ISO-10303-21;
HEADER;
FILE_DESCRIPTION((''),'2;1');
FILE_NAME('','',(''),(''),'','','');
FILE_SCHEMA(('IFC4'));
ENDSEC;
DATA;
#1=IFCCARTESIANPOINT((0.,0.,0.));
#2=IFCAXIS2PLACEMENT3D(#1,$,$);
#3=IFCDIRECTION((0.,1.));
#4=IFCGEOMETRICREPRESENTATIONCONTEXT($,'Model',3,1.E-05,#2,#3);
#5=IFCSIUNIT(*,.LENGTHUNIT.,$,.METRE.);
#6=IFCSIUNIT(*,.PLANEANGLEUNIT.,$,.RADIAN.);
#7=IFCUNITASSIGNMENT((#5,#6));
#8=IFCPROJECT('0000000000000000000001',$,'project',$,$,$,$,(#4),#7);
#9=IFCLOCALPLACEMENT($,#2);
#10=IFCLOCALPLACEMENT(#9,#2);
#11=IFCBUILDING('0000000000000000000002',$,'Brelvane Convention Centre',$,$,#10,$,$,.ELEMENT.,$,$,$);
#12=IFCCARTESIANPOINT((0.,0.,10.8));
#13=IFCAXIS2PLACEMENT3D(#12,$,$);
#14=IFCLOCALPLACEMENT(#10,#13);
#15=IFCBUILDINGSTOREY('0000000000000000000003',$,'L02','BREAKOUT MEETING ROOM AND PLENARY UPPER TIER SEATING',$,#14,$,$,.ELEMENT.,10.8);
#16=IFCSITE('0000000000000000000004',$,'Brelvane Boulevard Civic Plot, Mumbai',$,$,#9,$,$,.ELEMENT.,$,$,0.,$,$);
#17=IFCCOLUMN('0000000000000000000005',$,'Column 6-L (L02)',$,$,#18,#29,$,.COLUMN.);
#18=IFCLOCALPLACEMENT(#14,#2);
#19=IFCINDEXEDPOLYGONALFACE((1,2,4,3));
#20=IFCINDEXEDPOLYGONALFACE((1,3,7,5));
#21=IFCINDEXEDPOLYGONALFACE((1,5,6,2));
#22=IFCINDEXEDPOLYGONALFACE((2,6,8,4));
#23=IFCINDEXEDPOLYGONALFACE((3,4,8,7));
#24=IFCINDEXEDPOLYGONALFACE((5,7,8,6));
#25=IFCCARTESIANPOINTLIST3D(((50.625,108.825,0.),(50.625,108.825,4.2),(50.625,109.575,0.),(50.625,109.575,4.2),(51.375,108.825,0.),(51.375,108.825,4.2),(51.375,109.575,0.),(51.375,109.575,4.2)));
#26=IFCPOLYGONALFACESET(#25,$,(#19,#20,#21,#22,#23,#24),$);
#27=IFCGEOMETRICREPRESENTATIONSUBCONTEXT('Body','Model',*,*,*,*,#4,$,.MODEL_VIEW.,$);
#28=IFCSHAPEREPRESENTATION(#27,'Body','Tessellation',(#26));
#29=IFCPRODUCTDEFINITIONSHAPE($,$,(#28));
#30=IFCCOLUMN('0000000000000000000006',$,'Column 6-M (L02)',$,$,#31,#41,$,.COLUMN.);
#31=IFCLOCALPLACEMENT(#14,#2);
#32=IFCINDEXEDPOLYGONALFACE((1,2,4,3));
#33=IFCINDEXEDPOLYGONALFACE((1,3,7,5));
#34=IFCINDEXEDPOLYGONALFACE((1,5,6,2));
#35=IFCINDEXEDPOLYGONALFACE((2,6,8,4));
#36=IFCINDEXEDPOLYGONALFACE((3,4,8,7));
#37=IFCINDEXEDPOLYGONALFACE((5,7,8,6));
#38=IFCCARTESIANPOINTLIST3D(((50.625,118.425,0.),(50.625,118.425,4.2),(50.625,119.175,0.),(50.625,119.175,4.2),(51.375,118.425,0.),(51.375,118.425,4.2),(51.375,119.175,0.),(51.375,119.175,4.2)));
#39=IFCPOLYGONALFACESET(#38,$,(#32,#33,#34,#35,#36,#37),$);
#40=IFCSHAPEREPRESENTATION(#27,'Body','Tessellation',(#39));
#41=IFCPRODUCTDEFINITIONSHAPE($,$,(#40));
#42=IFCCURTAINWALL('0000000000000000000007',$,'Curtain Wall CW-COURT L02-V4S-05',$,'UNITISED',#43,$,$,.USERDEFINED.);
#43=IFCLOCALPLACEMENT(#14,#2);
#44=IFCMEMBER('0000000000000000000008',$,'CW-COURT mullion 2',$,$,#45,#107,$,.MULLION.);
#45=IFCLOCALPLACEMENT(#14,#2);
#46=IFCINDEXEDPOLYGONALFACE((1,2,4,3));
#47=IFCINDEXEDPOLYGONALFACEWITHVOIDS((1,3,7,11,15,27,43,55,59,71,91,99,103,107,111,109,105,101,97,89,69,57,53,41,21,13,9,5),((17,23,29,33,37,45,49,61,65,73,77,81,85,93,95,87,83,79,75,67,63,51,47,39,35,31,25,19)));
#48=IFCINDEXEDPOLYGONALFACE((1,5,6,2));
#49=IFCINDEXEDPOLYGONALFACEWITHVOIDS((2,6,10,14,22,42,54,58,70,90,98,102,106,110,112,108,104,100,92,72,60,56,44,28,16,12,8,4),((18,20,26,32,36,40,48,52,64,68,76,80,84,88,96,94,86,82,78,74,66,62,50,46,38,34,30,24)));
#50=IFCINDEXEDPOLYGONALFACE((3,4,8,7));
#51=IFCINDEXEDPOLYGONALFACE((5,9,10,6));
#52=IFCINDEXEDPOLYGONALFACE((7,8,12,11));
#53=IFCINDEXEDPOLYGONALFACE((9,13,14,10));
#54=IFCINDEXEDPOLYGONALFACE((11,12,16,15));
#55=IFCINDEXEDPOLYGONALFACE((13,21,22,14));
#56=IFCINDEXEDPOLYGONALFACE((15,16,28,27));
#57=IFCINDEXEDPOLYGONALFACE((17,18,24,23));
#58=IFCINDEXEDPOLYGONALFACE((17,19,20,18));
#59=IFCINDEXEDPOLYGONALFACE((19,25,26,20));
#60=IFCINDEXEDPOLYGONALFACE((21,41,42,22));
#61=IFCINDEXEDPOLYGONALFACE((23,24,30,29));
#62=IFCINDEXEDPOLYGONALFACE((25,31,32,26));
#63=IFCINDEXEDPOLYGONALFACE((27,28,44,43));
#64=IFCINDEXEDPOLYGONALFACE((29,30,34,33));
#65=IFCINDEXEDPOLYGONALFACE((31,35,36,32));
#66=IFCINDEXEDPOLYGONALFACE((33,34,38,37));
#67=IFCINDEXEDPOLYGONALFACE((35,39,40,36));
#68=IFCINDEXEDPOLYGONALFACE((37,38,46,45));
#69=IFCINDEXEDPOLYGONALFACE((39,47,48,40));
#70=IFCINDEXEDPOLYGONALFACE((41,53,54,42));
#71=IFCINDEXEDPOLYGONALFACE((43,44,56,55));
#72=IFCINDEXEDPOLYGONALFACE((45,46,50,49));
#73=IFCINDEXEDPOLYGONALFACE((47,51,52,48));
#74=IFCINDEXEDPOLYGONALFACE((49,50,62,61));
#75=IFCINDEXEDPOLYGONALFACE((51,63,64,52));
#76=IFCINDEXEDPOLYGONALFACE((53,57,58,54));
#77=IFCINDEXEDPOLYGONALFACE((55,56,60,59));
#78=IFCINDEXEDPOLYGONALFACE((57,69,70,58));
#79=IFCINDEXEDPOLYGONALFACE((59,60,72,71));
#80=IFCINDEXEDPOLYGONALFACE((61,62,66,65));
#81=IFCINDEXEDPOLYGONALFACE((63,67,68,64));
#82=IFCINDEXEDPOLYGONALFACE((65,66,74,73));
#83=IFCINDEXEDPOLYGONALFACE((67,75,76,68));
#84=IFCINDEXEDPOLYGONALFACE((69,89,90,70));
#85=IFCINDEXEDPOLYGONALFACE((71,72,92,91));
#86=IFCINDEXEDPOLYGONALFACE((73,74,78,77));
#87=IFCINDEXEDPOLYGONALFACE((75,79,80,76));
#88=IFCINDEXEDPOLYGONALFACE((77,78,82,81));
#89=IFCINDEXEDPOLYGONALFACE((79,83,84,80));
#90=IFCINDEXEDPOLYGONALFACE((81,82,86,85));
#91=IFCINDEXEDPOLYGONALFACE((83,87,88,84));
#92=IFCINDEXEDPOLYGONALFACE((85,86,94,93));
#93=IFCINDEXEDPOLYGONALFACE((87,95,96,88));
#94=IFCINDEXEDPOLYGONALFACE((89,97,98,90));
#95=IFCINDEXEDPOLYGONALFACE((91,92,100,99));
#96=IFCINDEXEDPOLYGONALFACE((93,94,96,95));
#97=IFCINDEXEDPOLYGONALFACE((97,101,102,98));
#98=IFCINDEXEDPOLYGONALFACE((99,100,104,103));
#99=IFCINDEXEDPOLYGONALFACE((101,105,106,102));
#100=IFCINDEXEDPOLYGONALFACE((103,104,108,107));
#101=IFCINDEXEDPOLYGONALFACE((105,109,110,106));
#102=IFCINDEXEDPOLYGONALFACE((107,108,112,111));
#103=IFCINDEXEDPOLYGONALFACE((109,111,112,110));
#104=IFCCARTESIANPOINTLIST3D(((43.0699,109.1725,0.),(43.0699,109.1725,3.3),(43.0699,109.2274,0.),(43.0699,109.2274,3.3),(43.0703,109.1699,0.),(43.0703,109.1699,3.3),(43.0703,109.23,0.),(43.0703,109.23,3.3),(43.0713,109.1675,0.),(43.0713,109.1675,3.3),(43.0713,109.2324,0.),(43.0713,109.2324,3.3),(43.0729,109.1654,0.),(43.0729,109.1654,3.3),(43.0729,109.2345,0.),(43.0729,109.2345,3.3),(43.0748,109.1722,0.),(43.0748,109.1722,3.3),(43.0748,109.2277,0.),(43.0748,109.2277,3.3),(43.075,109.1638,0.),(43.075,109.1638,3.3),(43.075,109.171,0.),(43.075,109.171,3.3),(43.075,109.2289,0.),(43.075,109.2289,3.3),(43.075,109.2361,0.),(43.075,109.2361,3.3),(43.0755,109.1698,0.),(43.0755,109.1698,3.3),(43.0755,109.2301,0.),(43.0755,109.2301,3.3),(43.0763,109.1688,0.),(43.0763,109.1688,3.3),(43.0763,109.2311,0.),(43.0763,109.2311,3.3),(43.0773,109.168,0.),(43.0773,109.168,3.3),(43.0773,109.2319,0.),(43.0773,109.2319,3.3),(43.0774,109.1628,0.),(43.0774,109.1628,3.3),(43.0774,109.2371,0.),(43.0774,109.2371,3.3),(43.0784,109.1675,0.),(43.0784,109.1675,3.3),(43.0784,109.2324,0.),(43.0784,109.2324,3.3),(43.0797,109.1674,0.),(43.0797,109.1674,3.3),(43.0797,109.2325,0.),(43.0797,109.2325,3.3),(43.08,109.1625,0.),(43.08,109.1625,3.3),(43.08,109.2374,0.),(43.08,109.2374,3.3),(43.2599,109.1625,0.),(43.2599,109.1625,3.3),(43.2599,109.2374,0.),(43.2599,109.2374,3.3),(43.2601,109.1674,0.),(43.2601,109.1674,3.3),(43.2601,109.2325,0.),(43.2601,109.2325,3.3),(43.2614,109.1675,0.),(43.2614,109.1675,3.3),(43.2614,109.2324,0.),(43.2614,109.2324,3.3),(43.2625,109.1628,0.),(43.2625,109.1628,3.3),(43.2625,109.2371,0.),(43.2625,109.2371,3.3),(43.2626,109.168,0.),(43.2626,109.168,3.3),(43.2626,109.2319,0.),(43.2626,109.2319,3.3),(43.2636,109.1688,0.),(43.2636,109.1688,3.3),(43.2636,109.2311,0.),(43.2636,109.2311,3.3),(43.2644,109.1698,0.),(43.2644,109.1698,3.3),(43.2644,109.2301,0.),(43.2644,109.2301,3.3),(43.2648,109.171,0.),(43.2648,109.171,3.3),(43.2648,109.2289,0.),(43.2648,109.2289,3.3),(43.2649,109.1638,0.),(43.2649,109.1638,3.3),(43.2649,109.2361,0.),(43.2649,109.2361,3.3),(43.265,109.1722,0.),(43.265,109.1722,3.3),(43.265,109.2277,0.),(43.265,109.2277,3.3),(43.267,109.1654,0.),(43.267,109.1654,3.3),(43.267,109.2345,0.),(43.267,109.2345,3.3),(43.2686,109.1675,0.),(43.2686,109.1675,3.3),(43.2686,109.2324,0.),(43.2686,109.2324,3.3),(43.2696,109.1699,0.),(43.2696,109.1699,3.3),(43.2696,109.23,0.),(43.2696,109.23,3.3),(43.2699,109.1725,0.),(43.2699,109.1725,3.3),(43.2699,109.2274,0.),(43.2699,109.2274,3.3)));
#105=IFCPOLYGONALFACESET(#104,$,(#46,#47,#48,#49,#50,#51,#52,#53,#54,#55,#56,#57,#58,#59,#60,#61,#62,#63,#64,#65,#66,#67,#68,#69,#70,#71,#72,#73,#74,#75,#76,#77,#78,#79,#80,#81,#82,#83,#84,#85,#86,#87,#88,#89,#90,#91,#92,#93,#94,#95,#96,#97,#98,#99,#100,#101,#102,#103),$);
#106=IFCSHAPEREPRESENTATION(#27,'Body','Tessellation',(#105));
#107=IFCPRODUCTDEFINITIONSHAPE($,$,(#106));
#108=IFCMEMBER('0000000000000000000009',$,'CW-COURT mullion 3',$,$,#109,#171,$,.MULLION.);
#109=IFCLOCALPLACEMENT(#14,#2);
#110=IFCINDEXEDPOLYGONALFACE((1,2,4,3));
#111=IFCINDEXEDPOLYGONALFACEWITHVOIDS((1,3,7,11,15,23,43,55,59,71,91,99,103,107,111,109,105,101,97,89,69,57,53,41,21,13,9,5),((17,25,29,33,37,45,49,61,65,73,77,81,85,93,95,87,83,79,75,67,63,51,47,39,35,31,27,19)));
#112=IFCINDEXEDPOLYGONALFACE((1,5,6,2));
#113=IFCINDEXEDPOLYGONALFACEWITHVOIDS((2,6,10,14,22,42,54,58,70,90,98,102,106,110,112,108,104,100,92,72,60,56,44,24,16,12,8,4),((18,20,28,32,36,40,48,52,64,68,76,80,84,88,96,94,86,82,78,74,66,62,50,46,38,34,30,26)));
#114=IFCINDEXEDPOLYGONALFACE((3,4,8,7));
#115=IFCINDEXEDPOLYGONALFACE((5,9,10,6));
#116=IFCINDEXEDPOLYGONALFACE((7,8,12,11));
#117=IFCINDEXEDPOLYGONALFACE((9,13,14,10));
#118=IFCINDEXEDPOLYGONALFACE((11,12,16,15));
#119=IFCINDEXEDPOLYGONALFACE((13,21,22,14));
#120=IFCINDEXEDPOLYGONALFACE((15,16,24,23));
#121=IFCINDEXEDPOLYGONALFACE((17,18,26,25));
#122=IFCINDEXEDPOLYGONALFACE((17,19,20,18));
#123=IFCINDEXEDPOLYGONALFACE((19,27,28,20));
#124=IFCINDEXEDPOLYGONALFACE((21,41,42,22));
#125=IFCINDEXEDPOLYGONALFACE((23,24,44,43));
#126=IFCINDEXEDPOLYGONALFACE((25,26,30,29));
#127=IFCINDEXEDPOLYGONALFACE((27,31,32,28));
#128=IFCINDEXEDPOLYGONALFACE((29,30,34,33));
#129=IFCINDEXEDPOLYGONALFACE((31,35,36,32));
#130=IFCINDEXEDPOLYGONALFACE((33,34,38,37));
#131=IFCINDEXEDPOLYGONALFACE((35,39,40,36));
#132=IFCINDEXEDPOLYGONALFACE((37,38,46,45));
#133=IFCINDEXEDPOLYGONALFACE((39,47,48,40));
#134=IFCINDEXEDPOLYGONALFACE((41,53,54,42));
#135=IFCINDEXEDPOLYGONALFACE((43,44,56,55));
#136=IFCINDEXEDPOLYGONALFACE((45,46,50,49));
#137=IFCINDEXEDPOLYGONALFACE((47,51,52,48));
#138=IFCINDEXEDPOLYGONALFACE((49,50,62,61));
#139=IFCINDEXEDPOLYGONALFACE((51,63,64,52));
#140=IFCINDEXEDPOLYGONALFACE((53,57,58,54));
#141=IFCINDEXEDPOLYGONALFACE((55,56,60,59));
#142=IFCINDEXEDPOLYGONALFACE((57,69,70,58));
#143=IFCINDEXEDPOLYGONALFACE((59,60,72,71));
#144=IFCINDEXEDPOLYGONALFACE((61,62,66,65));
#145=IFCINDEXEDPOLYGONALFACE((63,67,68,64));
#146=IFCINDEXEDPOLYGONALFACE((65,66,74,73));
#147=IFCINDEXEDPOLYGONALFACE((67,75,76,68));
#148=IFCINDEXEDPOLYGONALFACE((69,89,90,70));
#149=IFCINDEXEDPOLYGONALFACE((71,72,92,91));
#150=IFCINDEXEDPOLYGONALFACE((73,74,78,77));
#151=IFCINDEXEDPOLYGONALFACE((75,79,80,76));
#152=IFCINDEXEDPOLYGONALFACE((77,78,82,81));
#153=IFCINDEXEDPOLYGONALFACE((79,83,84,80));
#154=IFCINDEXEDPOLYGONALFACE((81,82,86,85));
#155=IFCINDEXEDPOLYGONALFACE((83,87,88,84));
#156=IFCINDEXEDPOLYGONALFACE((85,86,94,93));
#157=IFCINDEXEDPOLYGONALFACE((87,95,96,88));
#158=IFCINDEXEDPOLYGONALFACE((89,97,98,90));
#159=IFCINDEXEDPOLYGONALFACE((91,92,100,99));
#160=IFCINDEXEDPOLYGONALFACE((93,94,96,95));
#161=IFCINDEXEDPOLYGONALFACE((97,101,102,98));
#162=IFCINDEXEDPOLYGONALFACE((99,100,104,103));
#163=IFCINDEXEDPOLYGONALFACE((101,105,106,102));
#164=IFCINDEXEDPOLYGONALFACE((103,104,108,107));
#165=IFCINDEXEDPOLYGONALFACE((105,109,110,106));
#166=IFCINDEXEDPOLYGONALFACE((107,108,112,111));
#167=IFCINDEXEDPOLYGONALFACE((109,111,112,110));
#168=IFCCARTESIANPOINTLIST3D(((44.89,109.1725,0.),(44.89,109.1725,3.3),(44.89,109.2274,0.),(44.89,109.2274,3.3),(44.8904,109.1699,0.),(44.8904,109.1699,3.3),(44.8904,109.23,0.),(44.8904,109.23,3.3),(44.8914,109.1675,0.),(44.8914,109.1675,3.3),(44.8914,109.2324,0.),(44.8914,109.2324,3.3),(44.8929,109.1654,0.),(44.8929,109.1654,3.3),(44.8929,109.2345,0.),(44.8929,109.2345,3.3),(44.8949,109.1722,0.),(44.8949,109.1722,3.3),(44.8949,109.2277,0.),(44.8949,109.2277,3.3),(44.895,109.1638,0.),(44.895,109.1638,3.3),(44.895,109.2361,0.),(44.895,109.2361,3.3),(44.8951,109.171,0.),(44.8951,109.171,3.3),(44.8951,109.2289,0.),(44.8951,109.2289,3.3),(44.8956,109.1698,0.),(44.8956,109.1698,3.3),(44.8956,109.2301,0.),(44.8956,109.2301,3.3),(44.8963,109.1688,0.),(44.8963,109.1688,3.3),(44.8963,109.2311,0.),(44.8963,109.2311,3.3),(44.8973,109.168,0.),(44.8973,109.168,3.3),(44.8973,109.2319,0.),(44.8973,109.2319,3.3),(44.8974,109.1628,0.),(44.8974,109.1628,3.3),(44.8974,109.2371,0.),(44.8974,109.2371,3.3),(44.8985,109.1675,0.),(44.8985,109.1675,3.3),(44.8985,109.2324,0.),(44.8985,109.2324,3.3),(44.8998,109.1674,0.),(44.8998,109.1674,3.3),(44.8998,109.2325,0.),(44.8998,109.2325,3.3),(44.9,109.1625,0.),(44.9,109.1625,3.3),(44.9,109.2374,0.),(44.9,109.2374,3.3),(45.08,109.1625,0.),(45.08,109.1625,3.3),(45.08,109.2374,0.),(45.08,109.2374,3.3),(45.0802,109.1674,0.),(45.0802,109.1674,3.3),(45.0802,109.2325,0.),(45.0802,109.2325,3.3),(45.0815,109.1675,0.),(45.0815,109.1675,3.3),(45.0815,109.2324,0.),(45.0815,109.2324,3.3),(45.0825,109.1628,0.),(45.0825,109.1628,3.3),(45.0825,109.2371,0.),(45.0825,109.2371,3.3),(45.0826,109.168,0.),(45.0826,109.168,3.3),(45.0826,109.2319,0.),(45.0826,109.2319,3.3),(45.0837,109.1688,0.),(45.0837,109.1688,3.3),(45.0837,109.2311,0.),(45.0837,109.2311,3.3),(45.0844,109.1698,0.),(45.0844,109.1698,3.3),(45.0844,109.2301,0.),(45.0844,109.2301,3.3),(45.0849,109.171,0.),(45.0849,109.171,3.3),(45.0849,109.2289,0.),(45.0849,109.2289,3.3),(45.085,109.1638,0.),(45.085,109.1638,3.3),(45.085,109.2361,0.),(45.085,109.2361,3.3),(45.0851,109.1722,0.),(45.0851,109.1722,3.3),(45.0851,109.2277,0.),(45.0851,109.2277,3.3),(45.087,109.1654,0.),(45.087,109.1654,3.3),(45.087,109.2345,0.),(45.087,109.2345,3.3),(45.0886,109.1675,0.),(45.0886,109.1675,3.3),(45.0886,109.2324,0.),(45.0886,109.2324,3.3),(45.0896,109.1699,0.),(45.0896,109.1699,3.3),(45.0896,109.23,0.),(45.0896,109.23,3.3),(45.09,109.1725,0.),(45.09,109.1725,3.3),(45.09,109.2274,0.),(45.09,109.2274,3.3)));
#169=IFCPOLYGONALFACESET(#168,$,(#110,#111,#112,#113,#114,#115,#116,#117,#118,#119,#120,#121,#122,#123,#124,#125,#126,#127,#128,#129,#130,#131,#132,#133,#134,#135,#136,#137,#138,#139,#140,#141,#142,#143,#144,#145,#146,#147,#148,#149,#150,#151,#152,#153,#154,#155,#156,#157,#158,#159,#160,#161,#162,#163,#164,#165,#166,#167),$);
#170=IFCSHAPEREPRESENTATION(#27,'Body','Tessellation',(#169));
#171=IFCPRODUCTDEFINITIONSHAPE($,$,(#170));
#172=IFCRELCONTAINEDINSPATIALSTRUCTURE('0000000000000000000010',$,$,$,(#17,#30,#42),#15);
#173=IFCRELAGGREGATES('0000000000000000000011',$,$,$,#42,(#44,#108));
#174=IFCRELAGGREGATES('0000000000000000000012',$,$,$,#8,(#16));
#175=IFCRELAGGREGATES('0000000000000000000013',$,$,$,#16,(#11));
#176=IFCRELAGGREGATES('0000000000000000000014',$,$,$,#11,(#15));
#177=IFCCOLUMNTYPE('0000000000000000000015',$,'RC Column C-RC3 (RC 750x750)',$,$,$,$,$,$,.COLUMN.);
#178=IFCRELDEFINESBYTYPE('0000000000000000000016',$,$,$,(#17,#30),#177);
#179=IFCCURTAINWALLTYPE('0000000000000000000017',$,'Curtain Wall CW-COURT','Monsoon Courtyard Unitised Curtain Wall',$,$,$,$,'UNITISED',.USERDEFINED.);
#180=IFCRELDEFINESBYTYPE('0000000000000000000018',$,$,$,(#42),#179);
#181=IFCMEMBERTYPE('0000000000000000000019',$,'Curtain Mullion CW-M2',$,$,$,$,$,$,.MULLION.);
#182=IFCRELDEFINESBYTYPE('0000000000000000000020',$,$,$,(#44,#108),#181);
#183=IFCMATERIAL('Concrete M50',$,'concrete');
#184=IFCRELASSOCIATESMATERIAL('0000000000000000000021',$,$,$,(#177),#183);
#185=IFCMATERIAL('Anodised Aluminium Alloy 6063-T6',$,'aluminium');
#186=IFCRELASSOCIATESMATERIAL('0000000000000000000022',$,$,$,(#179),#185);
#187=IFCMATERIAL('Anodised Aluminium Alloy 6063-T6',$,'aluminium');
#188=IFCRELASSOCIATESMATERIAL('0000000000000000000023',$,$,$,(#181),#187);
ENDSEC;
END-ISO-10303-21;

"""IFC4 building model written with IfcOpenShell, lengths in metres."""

from ifc_helpers import new_model, si_unit, direction, frame, origin, origin_2d, place, context, subcontext, project, spatial, rectangle, hollow_rectangle, extrude, material, material_profile, profile_set, type_object, element, aggregate, save


model = new_model("IFC4")

# Units and contexts
model_context = context("Model", 3, precision=1e-05, world=origin(), true_north=direction((0.0, 1.0)))
body_context = subcontext(model_context, "Body", "Model", "MODEL_VIEW")
ifc_project = project(units=[si_unit("LENGTHUNIT", "METRE"), si_unit("PLANEANGLEUNIT", "RADIAN")], contexts=[model_context])

# Site, building, storey
site_placement = place(None, origin())
site = spatial("IfcSite", under=ifc_project, at=site_placement, Name="Brelvane Boulevard Civic Plot, Mumbai", CompositionType="ELEMENT", RefElevation=0.0)
building_placement = place(site_placement, origin())
building = spatial("IfcBuilding", under=site, at=building_placement, Name="Brelvane Convention Centre", CompositionType="ELEMENT")
storey_placement = place(building_placement, frame((0.0, 0.0, 10.8)))
storey = spatial("IfcBuildingStorey", under=building, at=storey_placement, Name="L02", Description="BREAKOUT MEETING ROOM AND PLENARY UPPER TIER SEATING", CompositionType="ELEMENT", Elevation=10.8)

# Columns
ifc_material_1 = material(Name="Concrete M50", Category="concrete")
ifc_material_profile_1 = material_profile(ifc_material_1, rectangle(XDim=0.75, YDim=0.75, at=origin_2d()), Name="RC 750x750")
ifc_profile_set_1 = profile_set([ifc_material_profile_1], Name="Concrete M50")
column_type = type_object("IfcColumnType", Name="RC Column C-RC3 (RC 750x750)", PredefinedType="COLUMN", material=ifc_profile_set_1)
for number, where, z_axis, x_axis, name in (
    (1, (51.0, 109.2, 0.0), (0.0, 0.0, 1.0), (1.0, 0.0, 0.0), "Column 6-L (L02)"),
    (2, (51.0, 118.8, 0.0), (0.0, 0.0, 1.0), (1.0, 0.0, 0.0), "Column 6-M (L02)"),
):
    element("IfcColumn", number, at=place(storey_placement, frame(where, z_axis=z_axis, x_axis=x_axis)), inside=storey, type_object=column_type, Name=name, PredefinedType="COLUMN", context=body_context, shape_type="SweptSolid", body=[
        extrude(rectangle(XDim=0.75, YDim=0.75, at=origin_2d()), origin(), (0.0, 0.0, 1.0), 4.2),
    ])

# Curtain wall, members
ifc_material_2 = material(Name="Anodised Aluminium Alloy 6063-T6", Category="aluminium")
curtain_wall_type = type_object("IfcCurtainWallType", Name="Curtain Wall CW-COURT", Description="Monsoon Courtyard Unitised Curtain Wall", ElementType="UNITISED", PredefinedType="USERDEFINED", material=ifc_material_2)
curtain_wall_placement = place(storey_placement, origin())
curtain_wall = element("IfcCurtainWall", 3, at=curtain_wall_placement, inside=storey, type_object=curtain_wall_type, Name="Curtain Wall CW-COURT L02-V4S-05", ObjectType="UNITISED", PredefinedType="USERDEFINED")
ifc_material_3 = material(Name="Anodised Aluminium Alloy 6063-T6", Category="aluminium")
ifc_material_profile_2 = material_profile(ifc_material_3, hollow_rectangle(XDim=0.075, YDim=0.2, WallThickness=0.0049, InnerFilletRadius=0.0049, OuterFilletRadius=0.01, at=origin_2d()), Name="ALU-M 200x75x5.0")
ifc_profile_set_2 = profile_set([ifc_material_profile_2], Name="Anodised Aluminium Alloy 6063-T6")
member_type_1 = type_object("IfcMemberType", Name="Curtain Mullion CW-M2", PredefinedType="MULLION", material=ifc_profile_set_2)
member_1_placement = place(storey_placement, frame((43.1699, 109.2, 0.0), z_axis=(0.0, 0.0, 1.0), x_axis=(0.0, 1.0, 0.0)))
member_1 = element("IfcMember", 4, at=member_1_placement, type_object=member_type_1, Name="CW-COURT mullion 2", PredefinedType="MULLION", context=body_context, shape_type="SweptSolid", body=[
    extrude(hollow_rectangle(XDim=0.075, YDim=0.2, WallThickness=0.0049, InnerFilletRadius=0.0049, OuterFilletRadius=0.01, at=origin_2d()), origin(), (0.0, 0.0, 1.0), 3.3),
])
member_2_placement = place(storey_placement, frame((44.99, 109.2, 0.0), z_axis=(0.0, 0.0, 1.0), x_axis=(0.0, 1.0, 0.0)))
member_2 = element("IfcMember", 5, at=member_2_placement, type_object=member_type_1, Name="CW-COURT mullion 3", PredefinedType="MULLION", context=body_context, shape_type="SweptSolid", body=[
    extrude(hollow_rectangle(XDim=0.075, YDim=0.2, WallThickness=0.0049, InnerFilletRadius=0.0049, OuterFilletRadius=0.01, at=origin_2d()), origin(), (0.0, 0.0, 1.0), 3.3),
])

aggregate(curtain_wall, [member_1, member_2])

save(model, "model.ifc")
